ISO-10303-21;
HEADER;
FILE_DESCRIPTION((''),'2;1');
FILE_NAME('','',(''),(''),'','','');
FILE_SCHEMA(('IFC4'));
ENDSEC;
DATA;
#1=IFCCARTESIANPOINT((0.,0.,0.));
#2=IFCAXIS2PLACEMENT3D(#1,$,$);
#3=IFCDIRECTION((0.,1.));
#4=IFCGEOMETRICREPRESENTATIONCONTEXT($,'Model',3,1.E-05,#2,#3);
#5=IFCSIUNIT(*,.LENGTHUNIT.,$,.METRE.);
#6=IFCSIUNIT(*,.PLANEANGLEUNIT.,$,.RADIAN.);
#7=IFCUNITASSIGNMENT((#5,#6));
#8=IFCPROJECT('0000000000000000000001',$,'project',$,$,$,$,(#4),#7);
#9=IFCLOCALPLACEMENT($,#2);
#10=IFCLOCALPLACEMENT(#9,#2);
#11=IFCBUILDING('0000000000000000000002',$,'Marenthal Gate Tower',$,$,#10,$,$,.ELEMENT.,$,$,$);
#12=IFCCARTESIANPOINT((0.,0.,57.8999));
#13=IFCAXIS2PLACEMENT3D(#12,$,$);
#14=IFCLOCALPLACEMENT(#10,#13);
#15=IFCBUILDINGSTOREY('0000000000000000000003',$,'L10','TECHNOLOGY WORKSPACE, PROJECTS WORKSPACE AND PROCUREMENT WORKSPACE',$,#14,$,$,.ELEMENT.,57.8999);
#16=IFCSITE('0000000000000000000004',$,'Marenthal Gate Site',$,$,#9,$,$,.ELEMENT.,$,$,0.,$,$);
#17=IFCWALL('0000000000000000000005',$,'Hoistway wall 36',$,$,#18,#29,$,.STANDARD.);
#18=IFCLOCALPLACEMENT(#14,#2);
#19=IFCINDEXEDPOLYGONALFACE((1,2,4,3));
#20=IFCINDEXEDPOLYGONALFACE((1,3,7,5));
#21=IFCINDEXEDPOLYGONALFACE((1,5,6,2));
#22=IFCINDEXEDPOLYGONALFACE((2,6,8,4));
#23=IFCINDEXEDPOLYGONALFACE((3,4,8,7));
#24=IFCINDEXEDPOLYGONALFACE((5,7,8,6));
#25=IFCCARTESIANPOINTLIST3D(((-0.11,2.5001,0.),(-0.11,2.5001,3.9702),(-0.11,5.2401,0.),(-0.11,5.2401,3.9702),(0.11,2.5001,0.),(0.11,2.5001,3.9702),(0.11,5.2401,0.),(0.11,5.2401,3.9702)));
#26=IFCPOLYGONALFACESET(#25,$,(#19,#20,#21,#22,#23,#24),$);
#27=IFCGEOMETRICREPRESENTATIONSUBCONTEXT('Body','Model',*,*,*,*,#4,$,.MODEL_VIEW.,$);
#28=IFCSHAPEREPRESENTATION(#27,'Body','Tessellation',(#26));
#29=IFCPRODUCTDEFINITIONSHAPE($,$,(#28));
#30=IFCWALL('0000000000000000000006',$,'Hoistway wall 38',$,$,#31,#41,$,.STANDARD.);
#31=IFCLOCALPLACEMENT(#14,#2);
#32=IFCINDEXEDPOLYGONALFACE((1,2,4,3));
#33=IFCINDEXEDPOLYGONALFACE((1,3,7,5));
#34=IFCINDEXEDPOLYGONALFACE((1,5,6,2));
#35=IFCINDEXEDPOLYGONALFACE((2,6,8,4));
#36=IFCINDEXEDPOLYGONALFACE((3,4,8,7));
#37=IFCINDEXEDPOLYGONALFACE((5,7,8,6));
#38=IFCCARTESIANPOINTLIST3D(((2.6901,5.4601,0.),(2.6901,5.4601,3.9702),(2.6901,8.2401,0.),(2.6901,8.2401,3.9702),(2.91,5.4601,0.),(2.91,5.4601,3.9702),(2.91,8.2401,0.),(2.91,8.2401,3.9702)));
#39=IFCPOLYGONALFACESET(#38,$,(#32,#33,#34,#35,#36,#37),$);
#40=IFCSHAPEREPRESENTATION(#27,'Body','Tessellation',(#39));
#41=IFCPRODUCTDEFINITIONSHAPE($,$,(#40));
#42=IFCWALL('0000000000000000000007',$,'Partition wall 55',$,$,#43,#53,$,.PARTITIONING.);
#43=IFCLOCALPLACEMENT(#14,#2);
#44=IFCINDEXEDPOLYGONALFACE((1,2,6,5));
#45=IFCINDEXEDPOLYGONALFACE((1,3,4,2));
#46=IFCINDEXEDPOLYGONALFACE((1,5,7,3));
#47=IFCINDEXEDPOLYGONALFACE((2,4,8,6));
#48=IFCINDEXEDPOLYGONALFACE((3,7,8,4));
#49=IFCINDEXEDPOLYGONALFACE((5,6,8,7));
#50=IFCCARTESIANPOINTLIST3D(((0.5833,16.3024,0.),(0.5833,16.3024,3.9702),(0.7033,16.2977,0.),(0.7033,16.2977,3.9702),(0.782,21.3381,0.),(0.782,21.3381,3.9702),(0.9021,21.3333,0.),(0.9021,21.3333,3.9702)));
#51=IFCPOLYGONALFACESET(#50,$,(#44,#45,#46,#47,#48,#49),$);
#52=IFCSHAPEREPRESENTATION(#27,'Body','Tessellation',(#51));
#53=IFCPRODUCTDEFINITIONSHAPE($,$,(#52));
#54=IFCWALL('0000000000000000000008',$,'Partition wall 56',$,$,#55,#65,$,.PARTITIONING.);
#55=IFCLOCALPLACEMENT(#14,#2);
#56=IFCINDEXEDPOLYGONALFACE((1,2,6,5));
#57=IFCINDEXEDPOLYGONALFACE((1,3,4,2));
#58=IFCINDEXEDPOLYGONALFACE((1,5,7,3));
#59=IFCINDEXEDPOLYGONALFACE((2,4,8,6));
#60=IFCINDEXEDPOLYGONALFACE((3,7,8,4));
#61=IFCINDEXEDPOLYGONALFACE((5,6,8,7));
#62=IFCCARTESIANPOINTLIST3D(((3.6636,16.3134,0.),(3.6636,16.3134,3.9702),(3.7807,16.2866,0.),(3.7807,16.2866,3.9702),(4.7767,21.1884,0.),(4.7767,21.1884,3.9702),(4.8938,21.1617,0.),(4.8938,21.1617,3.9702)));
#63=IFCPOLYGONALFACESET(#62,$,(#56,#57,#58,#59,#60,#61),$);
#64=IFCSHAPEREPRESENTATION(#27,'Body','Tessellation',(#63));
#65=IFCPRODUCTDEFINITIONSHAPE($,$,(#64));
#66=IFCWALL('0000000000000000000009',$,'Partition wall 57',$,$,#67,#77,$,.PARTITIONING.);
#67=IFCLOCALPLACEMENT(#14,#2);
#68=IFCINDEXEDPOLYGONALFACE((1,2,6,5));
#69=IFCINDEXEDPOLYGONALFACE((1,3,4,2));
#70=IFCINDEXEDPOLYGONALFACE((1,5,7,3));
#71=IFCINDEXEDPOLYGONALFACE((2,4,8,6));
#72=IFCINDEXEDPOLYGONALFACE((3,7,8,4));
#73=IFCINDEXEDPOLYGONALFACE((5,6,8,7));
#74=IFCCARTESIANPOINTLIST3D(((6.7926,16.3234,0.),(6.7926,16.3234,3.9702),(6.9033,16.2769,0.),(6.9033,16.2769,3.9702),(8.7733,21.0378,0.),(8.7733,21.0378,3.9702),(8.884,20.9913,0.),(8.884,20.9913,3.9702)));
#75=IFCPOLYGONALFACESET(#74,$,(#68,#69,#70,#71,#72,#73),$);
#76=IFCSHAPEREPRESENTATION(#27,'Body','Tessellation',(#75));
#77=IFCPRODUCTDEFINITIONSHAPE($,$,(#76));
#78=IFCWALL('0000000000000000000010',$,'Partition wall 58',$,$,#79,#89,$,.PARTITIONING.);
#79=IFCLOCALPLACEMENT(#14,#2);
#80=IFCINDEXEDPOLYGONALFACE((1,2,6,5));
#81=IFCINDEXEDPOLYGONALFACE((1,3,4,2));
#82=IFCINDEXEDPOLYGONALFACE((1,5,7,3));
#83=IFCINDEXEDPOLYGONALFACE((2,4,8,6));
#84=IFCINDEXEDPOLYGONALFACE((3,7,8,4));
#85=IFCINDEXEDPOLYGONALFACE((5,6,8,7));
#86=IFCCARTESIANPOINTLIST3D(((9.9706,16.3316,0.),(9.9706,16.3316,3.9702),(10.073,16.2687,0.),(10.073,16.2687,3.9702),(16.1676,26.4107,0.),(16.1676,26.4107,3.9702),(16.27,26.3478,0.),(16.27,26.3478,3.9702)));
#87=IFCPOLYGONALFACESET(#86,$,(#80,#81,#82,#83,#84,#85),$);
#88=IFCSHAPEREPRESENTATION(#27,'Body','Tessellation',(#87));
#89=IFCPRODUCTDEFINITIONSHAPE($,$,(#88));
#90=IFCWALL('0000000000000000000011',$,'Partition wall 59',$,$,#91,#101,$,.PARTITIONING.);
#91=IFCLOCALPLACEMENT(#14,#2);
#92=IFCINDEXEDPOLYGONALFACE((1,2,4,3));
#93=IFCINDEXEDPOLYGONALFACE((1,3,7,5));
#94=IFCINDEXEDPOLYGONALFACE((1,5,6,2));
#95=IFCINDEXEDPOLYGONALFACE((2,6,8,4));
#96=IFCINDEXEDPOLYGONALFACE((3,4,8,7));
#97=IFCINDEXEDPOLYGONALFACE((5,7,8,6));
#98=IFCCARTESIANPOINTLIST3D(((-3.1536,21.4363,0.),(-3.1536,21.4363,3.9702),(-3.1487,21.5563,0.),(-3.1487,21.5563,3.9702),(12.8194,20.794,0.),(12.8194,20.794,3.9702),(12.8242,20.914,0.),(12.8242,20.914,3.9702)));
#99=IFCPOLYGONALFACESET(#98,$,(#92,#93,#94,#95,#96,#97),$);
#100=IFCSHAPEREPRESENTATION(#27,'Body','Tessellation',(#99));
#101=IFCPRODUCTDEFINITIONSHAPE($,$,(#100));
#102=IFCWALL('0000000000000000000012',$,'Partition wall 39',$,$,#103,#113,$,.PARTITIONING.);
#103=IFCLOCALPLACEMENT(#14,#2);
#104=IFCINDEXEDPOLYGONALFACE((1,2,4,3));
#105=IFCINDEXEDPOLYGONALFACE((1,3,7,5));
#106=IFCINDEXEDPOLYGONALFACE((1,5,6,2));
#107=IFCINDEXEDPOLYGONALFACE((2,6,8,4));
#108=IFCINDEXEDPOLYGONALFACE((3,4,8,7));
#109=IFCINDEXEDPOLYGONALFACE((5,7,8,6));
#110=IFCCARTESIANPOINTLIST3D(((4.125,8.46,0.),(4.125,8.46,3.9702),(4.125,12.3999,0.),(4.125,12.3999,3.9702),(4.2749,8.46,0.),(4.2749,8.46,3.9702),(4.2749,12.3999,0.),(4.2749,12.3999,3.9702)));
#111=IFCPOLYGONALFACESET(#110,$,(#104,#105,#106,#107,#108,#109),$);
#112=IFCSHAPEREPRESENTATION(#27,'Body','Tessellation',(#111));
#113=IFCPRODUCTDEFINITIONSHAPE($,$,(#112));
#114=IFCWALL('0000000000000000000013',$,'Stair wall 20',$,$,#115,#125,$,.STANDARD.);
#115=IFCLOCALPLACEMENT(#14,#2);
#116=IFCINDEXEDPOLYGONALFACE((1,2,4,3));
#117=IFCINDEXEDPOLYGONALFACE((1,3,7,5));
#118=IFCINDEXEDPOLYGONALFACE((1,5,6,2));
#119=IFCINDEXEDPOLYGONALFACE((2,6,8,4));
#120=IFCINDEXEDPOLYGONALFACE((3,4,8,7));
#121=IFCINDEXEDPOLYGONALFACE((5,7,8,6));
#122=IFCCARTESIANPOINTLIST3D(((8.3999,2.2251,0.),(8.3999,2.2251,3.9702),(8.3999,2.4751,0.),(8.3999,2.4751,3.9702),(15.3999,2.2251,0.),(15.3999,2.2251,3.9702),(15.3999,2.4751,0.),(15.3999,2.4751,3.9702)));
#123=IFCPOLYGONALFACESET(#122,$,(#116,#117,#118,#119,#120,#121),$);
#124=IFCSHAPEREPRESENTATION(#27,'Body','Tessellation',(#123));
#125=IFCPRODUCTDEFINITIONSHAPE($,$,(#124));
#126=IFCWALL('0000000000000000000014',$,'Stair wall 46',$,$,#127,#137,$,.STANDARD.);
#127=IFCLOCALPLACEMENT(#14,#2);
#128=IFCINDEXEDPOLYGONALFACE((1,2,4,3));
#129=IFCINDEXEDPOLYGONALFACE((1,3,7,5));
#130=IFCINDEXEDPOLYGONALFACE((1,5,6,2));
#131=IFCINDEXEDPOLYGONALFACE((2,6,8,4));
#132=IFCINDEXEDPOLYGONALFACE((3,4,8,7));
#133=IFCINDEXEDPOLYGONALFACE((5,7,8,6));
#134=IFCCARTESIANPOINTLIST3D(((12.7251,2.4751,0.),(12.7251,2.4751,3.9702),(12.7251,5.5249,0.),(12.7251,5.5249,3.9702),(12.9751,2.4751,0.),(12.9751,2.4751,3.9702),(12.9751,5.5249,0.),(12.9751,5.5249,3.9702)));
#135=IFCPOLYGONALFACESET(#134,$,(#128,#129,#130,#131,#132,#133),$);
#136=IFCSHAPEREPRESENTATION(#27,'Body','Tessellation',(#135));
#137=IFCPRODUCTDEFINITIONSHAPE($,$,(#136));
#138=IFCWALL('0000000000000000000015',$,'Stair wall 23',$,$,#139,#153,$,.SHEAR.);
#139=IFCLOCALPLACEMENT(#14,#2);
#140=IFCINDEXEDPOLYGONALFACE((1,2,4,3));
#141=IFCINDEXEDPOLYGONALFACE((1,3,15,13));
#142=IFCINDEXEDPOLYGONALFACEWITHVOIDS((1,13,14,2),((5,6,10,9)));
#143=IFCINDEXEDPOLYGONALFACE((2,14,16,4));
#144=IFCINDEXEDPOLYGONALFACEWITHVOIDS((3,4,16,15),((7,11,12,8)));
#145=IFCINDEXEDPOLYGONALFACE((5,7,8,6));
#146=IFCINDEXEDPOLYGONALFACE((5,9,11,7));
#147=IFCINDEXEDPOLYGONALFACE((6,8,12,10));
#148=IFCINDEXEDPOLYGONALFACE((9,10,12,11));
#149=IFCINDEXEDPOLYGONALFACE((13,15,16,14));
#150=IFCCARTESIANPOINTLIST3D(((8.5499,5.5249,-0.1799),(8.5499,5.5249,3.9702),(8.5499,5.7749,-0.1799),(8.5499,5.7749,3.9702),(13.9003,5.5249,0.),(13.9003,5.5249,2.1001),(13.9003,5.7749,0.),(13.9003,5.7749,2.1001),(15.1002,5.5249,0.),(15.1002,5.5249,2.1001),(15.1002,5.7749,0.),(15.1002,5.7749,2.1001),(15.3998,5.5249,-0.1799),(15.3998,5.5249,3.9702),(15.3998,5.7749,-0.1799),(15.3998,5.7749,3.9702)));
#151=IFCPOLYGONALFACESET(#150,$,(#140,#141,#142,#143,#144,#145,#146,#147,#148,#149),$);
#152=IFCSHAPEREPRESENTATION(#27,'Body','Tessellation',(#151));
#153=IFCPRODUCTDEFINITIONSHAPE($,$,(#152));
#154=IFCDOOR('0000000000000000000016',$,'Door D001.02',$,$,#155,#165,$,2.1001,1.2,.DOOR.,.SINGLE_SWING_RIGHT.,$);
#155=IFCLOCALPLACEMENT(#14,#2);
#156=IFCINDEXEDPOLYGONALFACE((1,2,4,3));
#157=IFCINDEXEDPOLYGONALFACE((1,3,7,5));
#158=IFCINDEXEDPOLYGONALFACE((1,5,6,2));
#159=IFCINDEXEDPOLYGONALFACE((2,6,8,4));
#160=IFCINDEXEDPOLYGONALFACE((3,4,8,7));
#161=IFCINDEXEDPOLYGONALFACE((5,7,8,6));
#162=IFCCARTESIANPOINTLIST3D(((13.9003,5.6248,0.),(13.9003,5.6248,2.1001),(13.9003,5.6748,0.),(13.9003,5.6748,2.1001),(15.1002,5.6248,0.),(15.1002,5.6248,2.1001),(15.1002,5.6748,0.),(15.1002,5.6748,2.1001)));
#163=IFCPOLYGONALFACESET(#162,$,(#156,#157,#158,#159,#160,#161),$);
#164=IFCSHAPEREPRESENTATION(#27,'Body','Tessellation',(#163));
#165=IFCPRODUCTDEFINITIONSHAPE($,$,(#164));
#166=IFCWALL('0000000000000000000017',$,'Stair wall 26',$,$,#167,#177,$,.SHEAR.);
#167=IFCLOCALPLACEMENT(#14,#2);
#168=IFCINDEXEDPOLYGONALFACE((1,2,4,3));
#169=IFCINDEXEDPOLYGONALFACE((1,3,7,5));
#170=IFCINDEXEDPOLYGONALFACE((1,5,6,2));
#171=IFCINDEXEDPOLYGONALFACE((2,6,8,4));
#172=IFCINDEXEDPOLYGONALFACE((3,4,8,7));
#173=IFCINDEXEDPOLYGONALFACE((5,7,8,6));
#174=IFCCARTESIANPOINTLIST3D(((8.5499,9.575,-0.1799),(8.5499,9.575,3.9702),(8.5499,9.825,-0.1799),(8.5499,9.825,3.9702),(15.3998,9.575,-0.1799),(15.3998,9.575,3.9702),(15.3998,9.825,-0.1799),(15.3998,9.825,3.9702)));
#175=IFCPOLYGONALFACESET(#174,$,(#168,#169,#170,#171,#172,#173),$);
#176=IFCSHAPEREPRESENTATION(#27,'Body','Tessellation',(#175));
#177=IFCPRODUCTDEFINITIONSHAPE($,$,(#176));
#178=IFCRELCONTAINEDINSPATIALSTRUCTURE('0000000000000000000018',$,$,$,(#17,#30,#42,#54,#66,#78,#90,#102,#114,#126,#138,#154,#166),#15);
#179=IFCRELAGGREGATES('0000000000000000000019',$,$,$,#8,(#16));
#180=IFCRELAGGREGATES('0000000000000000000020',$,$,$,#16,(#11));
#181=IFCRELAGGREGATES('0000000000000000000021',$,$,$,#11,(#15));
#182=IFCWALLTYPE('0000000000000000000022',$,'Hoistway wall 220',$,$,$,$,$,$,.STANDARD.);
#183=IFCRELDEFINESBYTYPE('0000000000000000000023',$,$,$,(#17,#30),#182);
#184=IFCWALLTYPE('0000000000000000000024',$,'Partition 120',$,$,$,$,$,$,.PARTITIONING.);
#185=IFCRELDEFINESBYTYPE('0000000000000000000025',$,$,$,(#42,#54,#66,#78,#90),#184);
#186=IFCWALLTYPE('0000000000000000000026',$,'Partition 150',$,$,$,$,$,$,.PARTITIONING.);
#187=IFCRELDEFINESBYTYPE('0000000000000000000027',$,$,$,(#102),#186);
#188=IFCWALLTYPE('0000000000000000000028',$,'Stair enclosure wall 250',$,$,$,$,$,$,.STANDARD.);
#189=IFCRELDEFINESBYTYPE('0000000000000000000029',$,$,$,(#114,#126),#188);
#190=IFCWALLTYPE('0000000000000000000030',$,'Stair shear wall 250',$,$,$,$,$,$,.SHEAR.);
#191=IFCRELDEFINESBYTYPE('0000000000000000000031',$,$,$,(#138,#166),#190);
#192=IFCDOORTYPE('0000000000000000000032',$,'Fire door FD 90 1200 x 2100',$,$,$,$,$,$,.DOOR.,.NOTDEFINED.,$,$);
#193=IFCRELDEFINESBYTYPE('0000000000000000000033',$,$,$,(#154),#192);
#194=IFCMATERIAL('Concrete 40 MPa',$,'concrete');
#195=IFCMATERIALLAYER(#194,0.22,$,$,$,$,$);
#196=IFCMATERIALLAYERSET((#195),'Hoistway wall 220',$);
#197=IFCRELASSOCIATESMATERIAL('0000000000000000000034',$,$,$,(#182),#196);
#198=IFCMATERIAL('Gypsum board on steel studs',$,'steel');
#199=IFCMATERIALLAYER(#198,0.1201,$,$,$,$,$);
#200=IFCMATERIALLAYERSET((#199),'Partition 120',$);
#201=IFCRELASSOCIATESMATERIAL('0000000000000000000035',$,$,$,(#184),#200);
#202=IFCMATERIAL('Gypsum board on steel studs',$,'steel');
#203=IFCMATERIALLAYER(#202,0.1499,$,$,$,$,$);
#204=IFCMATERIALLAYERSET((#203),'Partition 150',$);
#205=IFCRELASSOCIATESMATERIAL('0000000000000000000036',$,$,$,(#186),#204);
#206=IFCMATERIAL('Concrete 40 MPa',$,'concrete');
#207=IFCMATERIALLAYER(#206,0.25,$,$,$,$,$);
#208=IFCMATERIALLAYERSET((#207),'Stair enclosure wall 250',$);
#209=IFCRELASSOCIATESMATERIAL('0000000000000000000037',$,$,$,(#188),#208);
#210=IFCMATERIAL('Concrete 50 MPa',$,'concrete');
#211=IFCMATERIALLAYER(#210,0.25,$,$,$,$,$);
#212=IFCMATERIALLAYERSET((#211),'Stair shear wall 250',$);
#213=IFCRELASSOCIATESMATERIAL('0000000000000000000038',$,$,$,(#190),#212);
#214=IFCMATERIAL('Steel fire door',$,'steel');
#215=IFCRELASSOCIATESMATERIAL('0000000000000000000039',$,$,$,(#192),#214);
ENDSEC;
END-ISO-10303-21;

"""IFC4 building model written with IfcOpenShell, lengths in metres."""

from ifc_helpers import new_model, si_unit, direction, frame, frame_2d, origin, place, context, subcontext, project, spatial, rectangle, extrude, material, layer, layer_set, type_object, element, fill, save


model = new_model("IFC4")

# Units and contexts
model_context = context("Model", 3, precision=1e-05, world=origin(), true_north=direction((0.0, 1.0)))
body_context = subcontext(model_context, "Body", "Model", "MODEL_VIEW")
ifc_project = project(units=[si_unit("LENGTHUNIT", "METRE"), si_unit("PLANEANGLEUNIT", "RADIAN")], contexts=[model_context])

# Site, building, storey
site_placement = place(None, origin())
site = spatial("IfcSite", under=ifc_project, at=site_placement, Name="Marenthal Gate Site", CompositionType="ELEMENT", RefElevation=0.0)
building_placement = place(site_placement, origin())
building = spatial("IfcBuilding", under=site, at=building_placement, Name="Marenthal Gate Tower", CompositionType="ELEMENT")
storey_placement = place(building_placement, frame((0.0, 0.0, 57.8999)))
storey = spatial("IfcBuildingStorey", under=building, at=storey_placement, Name="L10", Description="TECHNOLOGY WORKSPACE, PROJECTS WORKSPACE AND PROCUREMENT WORKSPACE", CompositionType="ELEMENT", Elevation=57.8999)

# Walls
ifc_material_1 = material(Name="Concrete 40 MPa", Category="concrete")
ifc_layer_1 = layer(ifc_material_1, 0.22)
ifc_layer_set_1 = layer_set([ifc_layer_1], Name="Hoistway wall 220")
wall_type_1 = type_object("IfcWallType", Name="Hoistway wall 220", PredefinedType="STANDARD", material=ifc_layer_set_1)
wall_1_placement = place(storey_placement, frame((0.0, 2.5, 0.0), z_axis=(0.0, 0.0, 1.0), x_axis=(0.0, 1.0, 0.0)))
element("IfcWall", 1, at=wall_1_placement, inside=storey, type_object=wall_type_1, Name="Hoistway wall 36", PredefinedType="STANDARD", context=body_context, shape_type="SweptSolid", body=[
    extrude(rectangle(XDim=2.74, YDim=0.22, at=frame_2d((1.3701, 0.0))), origin(), (0.0, 0.0, 1.0), 3.9702),
])
wall_2_placement = place(storey_placement, frame((2.8, 5.46, 0.0), z_axis=(0.0, 0.0, 1.0), x_axis=(0.0, 1.0, 0.0)))
element("IfcWall", 2, at=wall_2_placement, inside=storey, type_object=wall_type_1, Name="Hoistway wall 38", PredefinedType="STANDARD", context=body_context, shape_type="SweptSolid", body=[
    extrude(rectangle(XDim=2.78, YDim=0.22, at=frame_2d((1.3901, 0.0))), origin(), (0.0, 0.0, 1.0), 3.9702),
])
ifc_material_2 = material(Name="Gypsum board on steel studs", Category="steel")
ifc_layer_2 = layer(ifc_material_2, 0.1201)
ifc_layer_set_2 = layer_set([ifc_layer_2], Name="Partition 120")
wall_type_2 = type_object("IfcWallType", Name="Partition 120", PredefinedType="PARTITIONING", material=ifc_layer_set_2)
wall_3_placement = place(storey_placement, frame((0.842, 21.3357, 0.0), z_axis=(0.0, 0.0, 1.0), x_axis=(-0.039434, -0.999222, 0.0)))
element("IfcWall", 3, at=wall_3_placement, inside=storey, type_object=wall_type_2, Name="Partition wall 55", PredefinedType="PARTITIONING", context=body_context, shape_type="SweptSolid", body=[
    extrude(rectangle(XDim=5.0396, YDim=0.1201, at=frame_2d((2.5198, 0.0))), origin(), (0.0, 0.0, 1.0), 3.9702),
])
wall_4_placement = place(storey_placement, frame((4.8352, 21.175, 0.0), z_axis=(0.0, 0.0, 1.0), x_axis=(-0.222587, -0.974913, 0.0)))
element("IfcWall", 4, at=wall_4_placement, inside=storey, type_object=wall_type_2, Name="Partition wall 56", PredefinedType="PARTITIONING", context=body_context, shape_type="SweptSolid", body=[
    extrude(rectangle(XDim=5.0005, YDim=0.1201, at=frame_2d((2.5002, 0.0))), origin(), (0.0, 0.0, 1.0), 3.9702),
])
wall_5_placement = place(storey_placement, frame((8.8286, 21.0144, 0.0), z_axis=(0.0, 0.0, 1.0), x_axis=(-0.387346, -0.921934, 0.0)))
element("IfcWall", 5, at=wall_5_placement, inside=storey, type_object=wall_type_2, Name="Partition wall 57", PredefinedType="PARTITIONING", context=body_context, shape_type="SweptSolid", body=[
    extrude(rectangle(XDim=5.1135, YDim=0.1201, at=frame_2d((2.5566, 0.0))), origin(), (0.0, 0.0, 1.0), 3.9702),
])
wall_6_placement = place(storey_placement, frame((10.0217, 16.3, 0.0), z_axis=(0.0, 0.0, 1.0), x_axis=(0.52376, 0.851866, 0.0)))
element("IfcWall", 6, at=wall_6_placement, inside=storey, type_object=wall_type_2, Name="Partition wall 58", PredefinedType="PARTITIONING", context=body_context, shape_type="SweptSolid", body=[
    extrude(rectangle(XDim=11.8318, YDim=0.1201, at=frame_2d((5.916, 0.0))), origin(), (0.0, 0.0, 1.0), 3.9702),
])
wall_7_placement = place(storey_placement, frame((12.8218, 20.854, 0.0), z_axis=(0.0, 0.0, 1.0), x_axis=(-0.999192, 0.040182, 0.0)))
element("IfcWall", 7, at=wall_7_placement, inside=storey, type_object=wall_type_2, Name="Partition wall 59", PredefinedType="PARTITIONING", context=body_context, shape_type="SweptSolid", body=[
    extrude(rectangle(XDim=15.9858, YDim=0.1201, at=frame_2d((7.9929, 0.0))), origin(), (0.0, 0.0, 1.0), 3.9702),
])
ifc_material_3 = material(Name="Gypsum board on steel studs", Category="steel")
ifc_layer_3 = layer(ifc_material_3, 0.1499)
ifc_layer_set_3 = layer_set([ifc_layer_3], Name="Partition 150")
wall_type_3 = type_object("IfcWallType", Name="Partition 150", PredefinedType="PARTITIONING", material=ifc_layer_set_3)
wall_8_placement = place(storey_placement, frame((4.2, 8.46, 0.0), z_axis=(0.0, 0.0, 1.0), x_axis=(0.0, 1.0, 0.0)))
element("IfcWall", 8, at=wall_8_placement, inside=storey, type_object=wall_type_3, Name="Partition wall 39", PredefinedType="PARTITIONING", context=body_context, shape_type="SweptSolid", body=[
    extrude(rectangle(XDim=3.9399, YDim=0.1499, at=frame_2d((1.97, 0.0))), origin(), (0.0, 0.0, 1.0), 3.9702),
])
ifc_material_4 = material(Name="Concrete 40 MPa", Category="concrete")
ifc_layer_4 = layer(ifc_material_4, 0.25)
ifc_layer_set_4 = layer_set([ifc_layer_4], Name="Stair enclosure wall 250")
wall_type_4 = type_object("IfcWallType", Name="Stair enclosure wall 250", PredefinedType="STANDARD", material=ifc_layer_set_4)
wall_9_placement = place(storey_placement, frame((8.3999, 2.3501, 0.0), z_axis=(0.0, 0.0, 1.0), x_axis=(1.0, 0.0, 0.0)))
element("IfcWall", 9, at=wall_9_placement, inside=storey, type_object=wall_type_4, Name="Stair wall 20", PredefinedType="STANDARD", context=body_context, shape_type="SweptSolid", body=[
    extrude(rectangle(XDim=7.0, YDim=0.25, at=frame_2d((3.5, 0.0))), origin(), (0.0, 0.0, 1.0), 3.9702),
])
wall_10_placement = place(storey_placement, frame((12.8501, 2.4751, 0.0), z_axis=(0.0, 0.0, 1.0), x_axis=(0.0, 1.0, 0.0)))
element("IfcWall", 10, at=wall_10_placement, inside=storey, type_object=wall_type_4, Name="Stair wall 46", PredefinedType="STANDARD", context=body_context, shape_type="SweptSolid", body=[
    extrude(rectangle(XDim=3.0498, YDim=0.25, at=frame_2d((1.5249, 0.0))), origin(), (0.0, 0.0, 1.0), 3.9702),
])

# Wall, opening, door
ifc_material_5 = material(Name="Concrete 50 MPa", Category="concrete")
ifc_layer_5 = layer(ifc_material_5, 0.25)
ifc_layer_set_5 = layer_set([ifc_layer_5], Name="Stair shear wall 250")
wall_type_5 = type_object("IfcWallType", Name="Stair shear wall 250", PredefinedType="SHEAR", material=ifc_layer_set_5)
wall_11_placement = place(storey_placement, frame((8.55, 5.6499, -0.1799), z_axis=(0.0, 0.0, 1.0), x_axis=(1.0, 0.0, 0.0)))
wall_11 = element("IfcWall", 11, at=wall_11_placement, inside=storey, type_object=wall_type_5, Name="Stair wall 23", PredefinedType="SHEAR", context=body_context, shape_type="SweptSolid", body=[
    extrude(rectangle(XDim=6.8499, YDim=0.25, at=frame_2d((3.4248, 0.0))), origin(), (0.0, 0.0, 1.0), 4.1501),
])
opening_1_placement = place(wall_11_placement, frame((5.3501, 0.0, 0.1799)))
opening_1 = element("IfcOpeningElement", 12, at=opening_1_placement, cuts=wall_11, PredefinedType="OPENING", context=body_context, shape_type="SweptSolid", body=[
    extrude(rectangle(XDim=1.2, YDim=2.1001, at=frame_2d((0.6001, 1.05))), frame((0.0, 0.135, 0.0), z_axis=(0.0, -1.0, 0.0), x_axis=(1.0, 0.0, 0.0)), (0.0, 0.0, 1.0), 0.27),
])
ifc_material_6 = material(Name="Steel fire door", Category="steel")
door_type_1 = type_object("IfcDoorType", Name="Fire door FD 90 1200 x 2100", OperationType="NOTDEFINED", PredefinedType="DOOR", material=ifc_material_6)
door_1_placement = place(opening_1_placement, origin())
door_1 = element("IfcDoor", 13, at=door_1_placement, inside=storey, type_object=door_type_1, Name="Door D001.02", OperationType="SINGLE_SWING_RIGHT", OverallHeight=2.1001, OverallWidth=1.2, PredefinedType="DOOR", context=body_context, shape_type="SweptSolid", body=[
    extrude(rectangle(XDim=1.2, YDim=2.1001, at=frame_2d((0.6001, 1.05))), frame((0.0, 0.0249, 0.0), z_axis=(0.0, -1.0, 0.0), x_axis=(1.0, 0.0, 0.0)), (0.0, 0.0, 1.0), 0.05),
])
fill(opening_1, door_1)

# Wall
wall_12_placement = place(storey_placement, frame((8.55, 9.7, -0.1799), z_axis=(0.0, 0.0, 1.0), x_axis=(1.0, 0.0, 0.0)))
element("IfcWall", 14, at=wall_12_placement, inside=storey, type_object=wall_type_5, Name="Stair wall 26", PredefinedType="SHEAR", context=body_context, shape_type="SweptSolid", body=[
    extrude(rectangle(XDim=6.8499, YDim=0.25, at=frame_2d((3.4248, 0.0))), origin(), (0.0, 0.0, 1.0), 4.1501),
])

save(model, "model.ifc")
